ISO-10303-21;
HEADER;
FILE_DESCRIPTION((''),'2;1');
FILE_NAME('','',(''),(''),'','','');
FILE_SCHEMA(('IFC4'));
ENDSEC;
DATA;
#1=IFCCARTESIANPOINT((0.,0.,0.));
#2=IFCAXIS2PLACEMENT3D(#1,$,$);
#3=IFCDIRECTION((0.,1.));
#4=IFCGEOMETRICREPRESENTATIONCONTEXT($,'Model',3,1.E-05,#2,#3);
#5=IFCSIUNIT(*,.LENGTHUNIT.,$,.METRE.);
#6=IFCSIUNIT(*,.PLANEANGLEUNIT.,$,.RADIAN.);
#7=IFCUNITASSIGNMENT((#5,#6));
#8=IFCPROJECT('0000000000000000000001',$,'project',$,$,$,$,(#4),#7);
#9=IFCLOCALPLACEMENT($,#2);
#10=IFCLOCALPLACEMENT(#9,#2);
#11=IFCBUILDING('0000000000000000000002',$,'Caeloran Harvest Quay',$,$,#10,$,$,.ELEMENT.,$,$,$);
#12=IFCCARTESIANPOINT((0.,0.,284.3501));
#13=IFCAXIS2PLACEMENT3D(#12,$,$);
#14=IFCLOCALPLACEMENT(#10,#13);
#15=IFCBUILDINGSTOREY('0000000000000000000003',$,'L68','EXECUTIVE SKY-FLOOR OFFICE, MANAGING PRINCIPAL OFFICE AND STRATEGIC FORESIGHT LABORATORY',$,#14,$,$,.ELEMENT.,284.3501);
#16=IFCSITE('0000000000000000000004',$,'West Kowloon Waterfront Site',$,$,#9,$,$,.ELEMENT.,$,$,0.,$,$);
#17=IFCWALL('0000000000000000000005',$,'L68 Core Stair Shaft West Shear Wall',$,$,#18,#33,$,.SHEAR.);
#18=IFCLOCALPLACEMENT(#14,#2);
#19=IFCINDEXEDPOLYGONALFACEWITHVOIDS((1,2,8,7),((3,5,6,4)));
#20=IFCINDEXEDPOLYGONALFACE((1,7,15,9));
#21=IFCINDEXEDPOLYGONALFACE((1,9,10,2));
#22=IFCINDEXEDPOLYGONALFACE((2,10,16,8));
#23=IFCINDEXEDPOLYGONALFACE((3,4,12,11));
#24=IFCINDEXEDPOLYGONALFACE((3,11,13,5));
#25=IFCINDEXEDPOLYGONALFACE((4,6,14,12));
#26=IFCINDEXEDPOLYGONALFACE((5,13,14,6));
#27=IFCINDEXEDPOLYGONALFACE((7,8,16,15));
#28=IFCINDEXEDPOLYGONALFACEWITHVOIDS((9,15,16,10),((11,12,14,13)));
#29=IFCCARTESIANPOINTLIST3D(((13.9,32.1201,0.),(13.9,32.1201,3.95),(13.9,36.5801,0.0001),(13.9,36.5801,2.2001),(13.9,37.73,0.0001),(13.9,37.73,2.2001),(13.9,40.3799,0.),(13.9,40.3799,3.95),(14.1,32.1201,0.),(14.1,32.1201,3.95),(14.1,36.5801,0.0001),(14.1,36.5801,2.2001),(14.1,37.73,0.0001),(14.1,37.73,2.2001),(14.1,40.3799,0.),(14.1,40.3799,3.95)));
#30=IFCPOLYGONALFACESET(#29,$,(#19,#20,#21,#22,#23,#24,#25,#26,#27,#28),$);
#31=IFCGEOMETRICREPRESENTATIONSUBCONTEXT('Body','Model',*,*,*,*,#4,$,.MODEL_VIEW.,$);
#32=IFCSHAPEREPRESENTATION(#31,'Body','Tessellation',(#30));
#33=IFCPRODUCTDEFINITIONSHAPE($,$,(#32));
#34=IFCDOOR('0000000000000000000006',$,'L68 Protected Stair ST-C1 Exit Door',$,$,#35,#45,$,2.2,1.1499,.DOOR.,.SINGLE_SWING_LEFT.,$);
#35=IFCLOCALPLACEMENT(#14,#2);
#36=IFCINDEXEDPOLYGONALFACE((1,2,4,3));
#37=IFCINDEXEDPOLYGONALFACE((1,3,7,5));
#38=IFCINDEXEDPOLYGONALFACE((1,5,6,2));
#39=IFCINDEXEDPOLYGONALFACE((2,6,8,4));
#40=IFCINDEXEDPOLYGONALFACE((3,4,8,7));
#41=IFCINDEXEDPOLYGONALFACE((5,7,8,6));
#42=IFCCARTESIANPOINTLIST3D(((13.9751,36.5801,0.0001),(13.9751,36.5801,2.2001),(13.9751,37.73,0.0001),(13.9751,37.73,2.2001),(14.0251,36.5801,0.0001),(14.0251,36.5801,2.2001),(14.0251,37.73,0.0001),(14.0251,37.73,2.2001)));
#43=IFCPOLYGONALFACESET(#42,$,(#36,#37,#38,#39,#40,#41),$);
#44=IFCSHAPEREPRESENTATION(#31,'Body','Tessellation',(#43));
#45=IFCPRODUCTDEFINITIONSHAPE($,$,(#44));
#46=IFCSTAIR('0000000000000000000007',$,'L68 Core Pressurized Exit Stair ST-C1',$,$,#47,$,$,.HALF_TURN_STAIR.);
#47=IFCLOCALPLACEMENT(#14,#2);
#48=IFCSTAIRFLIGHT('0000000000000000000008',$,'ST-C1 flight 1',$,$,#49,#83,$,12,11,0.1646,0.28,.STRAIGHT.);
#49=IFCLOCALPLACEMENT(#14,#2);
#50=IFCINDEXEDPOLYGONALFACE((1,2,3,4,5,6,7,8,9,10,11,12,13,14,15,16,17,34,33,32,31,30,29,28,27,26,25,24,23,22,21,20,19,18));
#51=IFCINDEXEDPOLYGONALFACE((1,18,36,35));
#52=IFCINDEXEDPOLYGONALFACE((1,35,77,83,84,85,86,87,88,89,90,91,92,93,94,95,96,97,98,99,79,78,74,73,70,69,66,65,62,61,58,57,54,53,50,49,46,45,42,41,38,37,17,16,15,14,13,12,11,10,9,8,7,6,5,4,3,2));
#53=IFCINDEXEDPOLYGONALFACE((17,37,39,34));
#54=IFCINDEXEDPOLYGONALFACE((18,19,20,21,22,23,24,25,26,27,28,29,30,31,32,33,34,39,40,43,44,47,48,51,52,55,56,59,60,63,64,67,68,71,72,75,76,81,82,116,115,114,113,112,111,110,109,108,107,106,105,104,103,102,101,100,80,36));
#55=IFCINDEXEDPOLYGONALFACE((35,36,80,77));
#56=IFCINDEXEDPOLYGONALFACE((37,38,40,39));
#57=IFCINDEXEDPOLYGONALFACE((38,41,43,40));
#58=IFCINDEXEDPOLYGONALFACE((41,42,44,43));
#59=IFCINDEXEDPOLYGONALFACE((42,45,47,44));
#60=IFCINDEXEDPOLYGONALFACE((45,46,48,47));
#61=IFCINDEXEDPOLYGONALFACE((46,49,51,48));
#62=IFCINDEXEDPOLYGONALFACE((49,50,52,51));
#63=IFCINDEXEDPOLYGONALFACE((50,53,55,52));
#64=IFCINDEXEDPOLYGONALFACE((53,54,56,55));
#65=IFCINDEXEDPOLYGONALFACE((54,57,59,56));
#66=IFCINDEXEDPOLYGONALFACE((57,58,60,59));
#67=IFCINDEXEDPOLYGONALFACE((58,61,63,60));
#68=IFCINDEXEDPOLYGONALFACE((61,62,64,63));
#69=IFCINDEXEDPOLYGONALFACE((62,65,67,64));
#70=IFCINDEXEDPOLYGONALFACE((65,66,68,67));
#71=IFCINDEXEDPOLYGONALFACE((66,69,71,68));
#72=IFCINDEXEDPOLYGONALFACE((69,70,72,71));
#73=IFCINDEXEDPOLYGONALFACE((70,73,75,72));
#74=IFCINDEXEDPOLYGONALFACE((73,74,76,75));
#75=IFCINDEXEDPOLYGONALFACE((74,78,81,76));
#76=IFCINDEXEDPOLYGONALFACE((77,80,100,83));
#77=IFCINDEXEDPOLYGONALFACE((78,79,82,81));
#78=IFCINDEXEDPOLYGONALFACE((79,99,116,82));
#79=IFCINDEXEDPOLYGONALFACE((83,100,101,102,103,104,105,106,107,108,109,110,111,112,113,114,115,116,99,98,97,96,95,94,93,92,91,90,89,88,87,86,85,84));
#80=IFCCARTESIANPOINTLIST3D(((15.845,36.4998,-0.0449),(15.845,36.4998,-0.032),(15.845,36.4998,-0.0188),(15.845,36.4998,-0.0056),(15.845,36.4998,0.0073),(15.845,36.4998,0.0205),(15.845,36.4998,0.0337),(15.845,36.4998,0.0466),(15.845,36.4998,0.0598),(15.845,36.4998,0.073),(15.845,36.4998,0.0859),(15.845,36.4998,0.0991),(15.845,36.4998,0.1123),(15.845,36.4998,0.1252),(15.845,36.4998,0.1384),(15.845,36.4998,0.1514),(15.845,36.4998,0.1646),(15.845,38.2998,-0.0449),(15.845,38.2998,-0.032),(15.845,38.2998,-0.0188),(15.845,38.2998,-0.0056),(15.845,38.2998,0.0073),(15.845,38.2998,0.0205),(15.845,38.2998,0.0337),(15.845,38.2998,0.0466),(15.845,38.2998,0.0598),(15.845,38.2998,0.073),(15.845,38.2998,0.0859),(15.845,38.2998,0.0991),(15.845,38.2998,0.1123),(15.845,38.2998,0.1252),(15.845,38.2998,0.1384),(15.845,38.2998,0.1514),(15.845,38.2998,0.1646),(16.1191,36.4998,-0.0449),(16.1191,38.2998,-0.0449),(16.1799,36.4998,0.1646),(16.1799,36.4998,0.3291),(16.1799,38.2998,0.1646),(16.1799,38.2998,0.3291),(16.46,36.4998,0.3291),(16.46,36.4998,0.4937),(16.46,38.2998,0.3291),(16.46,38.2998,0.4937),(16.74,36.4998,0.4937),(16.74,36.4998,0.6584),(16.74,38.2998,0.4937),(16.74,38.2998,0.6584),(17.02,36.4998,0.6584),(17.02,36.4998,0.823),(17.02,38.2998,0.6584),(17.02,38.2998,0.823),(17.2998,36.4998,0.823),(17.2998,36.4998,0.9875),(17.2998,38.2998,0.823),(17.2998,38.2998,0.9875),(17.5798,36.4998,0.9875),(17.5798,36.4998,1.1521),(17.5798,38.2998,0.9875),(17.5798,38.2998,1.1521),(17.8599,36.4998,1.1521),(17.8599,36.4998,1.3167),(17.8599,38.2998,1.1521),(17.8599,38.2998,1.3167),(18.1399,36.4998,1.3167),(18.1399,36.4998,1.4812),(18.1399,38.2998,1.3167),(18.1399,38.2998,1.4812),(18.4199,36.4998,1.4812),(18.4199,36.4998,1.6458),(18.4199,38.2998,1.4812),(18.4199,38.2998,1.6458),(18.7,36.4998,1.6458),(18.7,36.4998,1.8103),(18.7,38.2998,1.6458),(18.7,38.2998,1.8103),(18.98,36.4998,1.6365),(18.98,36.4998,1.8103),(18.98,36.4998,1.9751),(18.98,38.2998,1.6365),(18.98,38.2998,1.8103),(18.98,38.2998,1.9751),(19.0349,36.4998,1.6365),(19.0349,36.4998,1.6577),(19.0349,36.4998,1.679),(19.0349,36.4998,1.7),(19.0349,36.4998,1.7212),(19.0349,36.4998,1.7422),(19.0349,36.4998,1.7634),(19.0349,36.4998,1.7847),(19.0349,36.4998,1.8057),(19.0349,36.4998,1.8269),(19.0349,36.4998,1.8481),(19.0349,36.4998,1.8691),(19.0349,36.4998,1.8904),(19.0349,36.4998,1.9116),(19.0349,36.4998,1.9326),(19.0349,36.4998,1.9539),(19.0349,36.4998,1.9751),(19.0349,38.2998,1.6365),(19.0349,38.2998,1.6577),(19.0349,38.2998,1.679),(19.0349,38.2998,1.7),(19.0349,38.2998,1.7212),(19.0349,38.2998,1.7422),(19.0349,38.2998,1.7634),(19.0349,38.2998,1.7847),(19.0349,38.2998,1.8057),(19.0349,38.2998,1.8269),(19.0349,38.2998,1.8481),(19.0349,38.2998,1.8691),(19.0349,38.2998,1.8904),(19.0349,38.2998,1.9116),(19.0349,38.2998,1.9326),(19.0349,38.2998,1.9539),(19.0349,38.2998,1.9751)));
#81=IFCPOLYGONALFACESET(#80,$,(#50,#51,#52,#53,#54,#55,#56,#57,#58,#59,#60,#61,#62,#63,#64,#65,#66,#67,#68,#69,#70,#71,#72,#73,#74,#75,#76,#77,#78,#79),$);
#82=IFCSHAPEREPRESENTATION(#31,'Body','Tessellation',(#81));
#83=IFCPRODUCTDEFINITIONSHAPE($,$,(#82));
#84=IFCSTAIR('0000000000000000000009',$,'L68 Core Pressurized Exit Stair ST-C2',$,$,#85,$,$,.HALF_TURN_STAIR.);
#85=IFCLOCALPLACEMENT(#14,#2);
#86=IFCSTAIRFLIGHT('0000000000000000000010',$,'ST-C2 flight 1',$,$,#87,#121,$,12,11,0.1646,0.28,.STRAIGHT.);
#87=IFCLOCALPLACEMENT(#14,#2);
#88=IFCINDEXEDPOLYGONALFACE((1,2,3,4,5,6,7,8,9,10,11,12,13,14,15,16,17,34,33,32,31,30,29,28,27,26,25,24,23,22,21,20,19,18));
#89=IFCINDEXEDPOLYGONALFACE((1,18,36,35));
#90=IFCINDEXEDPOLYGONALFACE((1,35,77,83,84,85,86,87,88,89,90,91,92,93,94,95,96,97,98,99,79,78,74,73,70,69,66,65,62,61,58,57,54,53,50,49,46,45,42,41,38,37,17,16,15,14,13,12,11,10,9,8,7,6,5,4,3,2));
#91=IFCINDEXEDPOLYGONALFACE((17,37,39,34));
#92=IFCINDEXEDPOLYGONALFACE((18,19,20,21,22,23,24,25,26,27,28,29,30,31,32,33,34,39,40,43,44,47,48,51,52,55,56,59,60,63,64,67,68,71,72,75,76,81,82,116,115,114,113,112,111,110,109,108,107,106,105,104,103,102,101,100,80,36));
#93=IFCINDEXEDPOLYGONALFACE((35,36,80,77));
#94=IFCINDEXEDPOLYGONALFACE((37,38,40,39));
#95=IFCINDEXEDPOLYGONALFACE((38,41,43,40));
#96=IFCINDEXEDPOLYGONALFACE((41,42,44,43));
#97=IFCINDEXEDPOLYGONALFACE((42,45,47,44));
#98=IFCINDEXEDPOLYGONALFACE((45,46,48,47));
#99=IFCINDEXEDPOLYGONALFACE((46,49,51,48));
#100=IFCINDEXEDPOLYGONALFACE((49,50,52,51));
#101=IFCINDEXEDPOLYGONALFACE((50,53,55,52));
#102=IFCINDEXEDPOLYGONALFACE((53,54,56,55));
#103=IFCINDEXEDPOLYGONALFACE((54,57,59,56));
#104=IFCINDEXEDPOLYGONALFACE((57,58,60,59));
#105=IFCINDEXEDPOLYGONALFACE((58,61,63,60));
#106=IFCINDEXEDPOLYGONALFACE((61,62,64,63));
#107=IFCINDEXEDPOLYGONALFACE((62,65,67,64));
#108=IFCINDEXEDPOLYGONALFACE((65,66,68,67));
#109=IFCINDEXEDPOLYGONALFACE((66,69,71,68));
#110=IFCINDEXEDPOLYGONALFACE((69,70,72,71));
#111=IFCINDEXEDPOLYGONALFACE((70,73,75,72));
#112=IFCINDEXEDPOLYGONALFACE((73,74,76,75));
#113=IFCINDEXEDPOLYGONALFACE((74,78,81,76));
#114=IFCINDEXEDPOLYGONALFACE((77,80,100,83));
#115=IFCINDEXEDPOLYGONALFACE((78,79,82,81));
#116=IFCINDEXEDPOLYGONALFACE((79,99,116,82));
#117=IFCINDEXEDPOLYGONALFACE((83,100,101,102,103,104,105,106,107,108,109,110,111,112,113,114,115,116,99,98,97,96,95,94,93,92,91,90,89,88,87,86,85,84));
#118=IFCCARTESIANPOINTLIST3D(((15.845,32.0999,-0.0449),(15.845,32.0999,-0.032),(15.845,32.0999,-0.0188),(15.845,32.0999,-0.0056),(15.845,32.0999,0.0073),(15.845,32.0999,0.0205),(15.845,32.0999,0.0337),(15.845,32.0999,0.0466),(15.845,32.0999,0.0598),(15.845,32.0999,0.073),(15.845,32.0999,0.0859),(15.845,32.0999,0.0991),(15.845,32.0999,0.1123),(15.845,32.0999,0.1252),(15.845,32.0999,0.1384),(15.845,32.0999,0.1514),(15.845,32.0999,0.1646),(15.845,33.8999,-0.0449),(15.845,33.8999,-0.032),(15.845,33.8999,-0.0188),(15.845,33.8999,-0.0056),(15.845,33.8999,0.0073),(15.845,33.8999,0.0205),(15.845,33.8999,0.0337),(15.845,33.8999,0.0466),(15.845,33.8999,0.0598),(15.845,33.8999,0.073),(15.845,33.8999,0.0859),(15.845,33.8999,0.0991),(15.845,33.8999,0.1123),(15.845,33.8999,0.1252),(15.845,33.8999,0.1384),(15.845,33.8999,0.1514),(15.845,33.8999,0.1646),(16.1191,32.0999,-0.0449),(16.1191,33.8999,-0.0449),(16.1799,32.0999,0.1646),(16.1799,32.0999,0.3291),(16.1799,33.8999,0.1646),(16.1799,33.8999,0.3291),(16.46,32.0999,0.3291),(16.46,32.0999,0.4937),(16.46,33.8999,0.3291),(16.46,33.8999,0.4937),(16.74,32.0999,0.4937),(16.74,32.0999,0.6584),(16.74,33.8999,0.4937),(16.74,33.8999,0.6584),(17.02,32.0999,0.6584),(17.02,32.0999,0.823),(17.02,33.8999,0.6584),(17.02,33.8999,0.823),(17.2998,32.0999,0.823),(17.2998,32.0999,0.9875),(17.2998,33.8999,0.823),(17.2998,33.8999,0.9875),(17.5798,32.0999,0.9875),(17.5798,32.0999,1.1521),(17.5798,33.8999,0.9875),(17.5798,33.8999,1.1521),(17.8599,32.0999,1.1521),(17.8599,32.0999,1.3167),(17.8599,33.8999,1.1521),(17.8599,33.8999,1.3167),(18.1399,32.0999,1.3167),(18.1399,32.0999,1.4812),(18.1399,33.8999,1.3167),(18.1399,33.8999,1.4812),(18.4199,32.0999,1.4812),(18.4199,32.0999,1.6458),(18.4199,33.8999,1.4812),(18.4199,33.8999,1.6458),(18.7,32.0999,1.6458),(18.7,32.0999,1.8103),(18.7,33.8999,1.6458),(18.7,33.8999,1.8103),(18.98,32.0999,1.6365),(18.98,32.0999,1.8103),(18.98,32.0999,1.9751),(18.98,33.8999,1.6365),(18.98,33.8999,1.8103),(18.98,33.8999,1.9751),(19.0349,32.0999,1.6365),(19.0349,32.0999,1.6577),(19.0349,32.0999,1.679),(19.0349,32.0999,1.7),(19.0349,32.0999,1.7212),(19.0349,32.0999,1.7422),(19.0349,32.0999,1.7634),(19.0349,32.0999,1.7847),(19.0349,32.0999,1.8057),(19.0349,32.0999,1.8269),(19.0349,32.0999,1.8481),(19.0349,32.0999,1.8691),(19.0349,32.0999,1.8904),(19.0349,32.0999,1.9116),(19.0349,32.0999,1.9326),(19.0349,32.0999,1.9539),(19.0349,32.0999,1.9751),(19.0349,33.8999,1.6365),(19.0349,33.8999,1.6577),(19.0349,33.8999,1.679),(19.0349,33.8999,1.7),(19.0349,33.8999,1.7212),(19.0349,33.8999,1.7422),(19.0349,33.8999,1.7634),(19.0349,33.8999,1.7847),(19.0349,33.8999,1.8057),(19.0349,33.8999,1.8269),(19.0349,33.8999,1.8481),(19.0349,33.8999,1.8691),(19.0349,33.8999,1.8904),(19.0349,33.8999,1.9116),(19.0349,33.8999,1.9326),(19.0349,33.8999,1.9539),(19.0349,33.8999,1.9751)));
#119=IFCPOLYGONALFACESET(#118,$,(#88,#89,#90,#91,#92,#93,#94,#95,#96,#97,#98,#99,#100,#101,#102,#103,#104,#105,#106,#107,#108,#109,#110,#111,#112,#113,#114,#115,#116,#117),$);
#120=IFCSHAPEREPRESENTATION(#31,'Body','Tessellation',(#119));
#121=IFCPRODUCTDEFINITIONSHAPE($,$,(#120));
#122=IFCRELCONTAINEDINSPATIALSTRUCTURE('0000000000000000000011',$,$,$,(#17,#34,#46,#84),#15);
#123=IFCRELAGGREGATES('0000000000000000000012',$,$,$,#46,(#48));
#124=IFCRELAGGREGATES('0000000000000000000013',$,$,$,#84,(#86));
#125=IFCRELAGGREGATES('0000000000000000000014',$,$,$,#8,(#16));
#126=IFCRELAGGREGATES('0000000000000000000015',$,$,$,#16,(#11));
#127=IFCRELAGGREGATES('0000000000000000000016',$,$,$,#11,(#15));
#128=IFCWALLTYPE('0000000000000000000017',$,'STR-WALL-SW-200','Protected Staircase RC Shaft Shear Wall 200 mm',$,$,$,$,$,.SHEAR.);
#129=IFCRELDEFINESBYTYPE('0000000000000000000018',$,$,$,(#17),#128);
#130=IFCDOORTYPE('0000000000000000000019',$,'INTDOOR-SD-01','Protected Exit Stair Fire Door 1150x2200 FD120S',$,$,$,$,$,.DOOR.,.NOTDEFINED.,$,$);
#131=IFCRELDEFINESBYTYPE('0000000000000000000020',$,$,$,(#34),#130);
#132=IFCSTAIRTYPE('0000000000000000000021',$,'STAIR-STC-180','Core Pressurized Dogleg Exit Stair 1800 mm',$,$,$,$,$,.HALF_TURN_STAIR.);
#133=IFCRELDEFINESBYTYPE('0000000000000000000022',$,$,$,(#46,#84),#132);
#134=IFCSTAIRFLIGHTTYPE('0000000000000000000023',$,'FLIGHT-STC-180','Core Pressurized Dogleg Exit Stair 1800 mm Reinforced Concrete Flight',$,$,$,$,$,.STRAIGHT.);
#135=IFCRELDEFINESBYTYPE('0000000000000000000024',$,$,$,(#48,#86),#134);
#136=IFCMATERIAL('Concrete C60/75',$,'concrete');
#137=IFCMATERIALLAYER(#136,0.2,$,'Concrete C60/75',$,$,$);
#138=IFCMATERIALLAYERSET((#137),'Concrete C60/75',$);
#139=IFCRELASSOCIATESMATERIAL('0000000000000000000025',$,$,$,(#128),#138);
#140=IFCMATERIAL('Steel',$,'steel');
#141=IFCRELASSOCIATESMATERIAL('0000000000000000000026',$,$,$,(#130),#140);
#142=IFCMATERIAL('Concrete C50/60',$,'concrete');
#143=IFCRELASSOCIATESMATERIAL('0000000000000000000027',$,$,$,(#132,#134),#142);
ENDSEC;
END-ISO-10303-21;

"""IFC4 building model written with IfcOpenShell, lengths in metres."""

from ifc_helpers import new_model, si_unit, direction, frame, frame_2d, origin, place, context, subcontext, project, spatial, polyline, rectangle, outline, extrude, material, layer, layer_set, type_object, element, fill, aggregate, save


model = new_model("IFC4")

# Units and contexts
model_context = context("Model", 3, precision=1e-05, world=origin(), true_north=direction((0.0, 1.0)))
body_context = subcontext(model_context, "Body", "Model", "MODEL_VIEW")
ifc_project = project(units=[si_unit("LENGTHUNIT", "METRE"), si_unit("PLANEANGLEUNIT", "RADIAN")], contexts=[model_context])

# Site, building, storey
site_placement = place(None, origin())
site = spatial("IfcSite", under=ifc_project, at=site_placement, Name="West Kowloon Waterfront Site", CompositionType="ELEMENT", RefElevation=0.0)
building_placement = place(site_placement, origin())
building = spatial("IfcBuilding", under=site, at=building_placement, Name="Caeloran Harvest Quay", CompositionType="ELEMENT")
storey_placement = place(building_placement, frame((0.0, 0.0, 284.3501)))
storey = spatial("IfcBuildingStorey", under=building, at=storey_placement, Name="L68", Description="EXECUTIVE SKY-FLOOR OFFICE, MANAGING PRINCIPAL OFFICE AND STRATEGIC FORESIGHT LABORATORY", CompositionType="ELEMENT", Elevation=284.3501)

# Shared definitions
ifc_material_1 = material(Name="Concrete C60/75", Category="concrete")

# Wall, opening, door
ifc_layer_1 = layer(ifc_material_1, 0.2, Name="Concrete C60/75")
ifc_layer_set_1 = layer_set([ifc_layer_1], Name="Concrete C60/75")
wall_type_1 = type_object("IfcWallType", Name="STR-WALL-SW-200", Description="Protected Staircase RC Shaft Shear Wall 200 mm", PredefinedType="SHEAR", material=ifc_layer_set_1)
wall_1_placement = place(storey_placement, frame((14.0, 32.1201, 0.0), z_axis=(0.0, 0.0, 1.0), x_axis=(0.0, 1.0, 0.0)))
wall_1 = element("IfcWall", 1, at=wall_1_placement, inside=storey, type_object=wall_type_1, Name="L68 Core Stair Shaft West Shear Wall", PredefinedType="SHEAR", context=body_context, shape_type="SweptSolid", body=[
    extrude(rectangle(XDim=8.2598, YDim=0.2, at=frame_2d((4.1299, 0.0))), origin(), (0.0, 0.0, 1.0), 3.95),
])
opening_placement = place(wall_1_placement, frame((4.46, 0.0, 0.0)))
opening = element("IfcOpeningElement", 2, at=opening_placement, cuts=wall_1, PredefinedType="OPENING", context=body_context, shape_type="SweptSolid", body=[
    extrude(rectangle(XDim=1.1499, YDim=2.2, at=frame_2d((0.575, 1.1001))), frame((0.0, 0.1099, 0.0), z_axis=(0.0, -1.0, 0.0), x_axis=(1.0, 0.0, 0.0)), (0.0, 0.0, 1.0), 0.22),
])
ifc_material_2 = material(Name="Steel", Category="steel")
door_type = type_object("IfcDoorType", Name="INTDOOR-SD-01", Description="Protected Exit Stair Fire Door 1150x2200 FD120S", OperationType="NOTDEFINED", PredefinedType="DOOR", material=ifc_material_2)
door_placement = place(opening_placement, origin())
door = element("IfcDoor", 3, at=door_placement, inside=storey, type_object=door_type, Name="L68 Protected Stair ST-C1 Exit Door", OperationType="SINGLE_SWING_LEFT", OverallHeight=2.2, OverallWidth=1.1499, PredefinedType="DOOR", context=body_context, shape_type="SweptSolid", body=[
    extrude(rectangle(XDim=1.1499, YDim=2.2, at=frame_2d((0.575, 1.1001))), frame((0.0, 0.0249, 0.0), z_axis=(0.0, -1.0, 0.0), x_axis=(1.0, 0.0, 0.0)), (0.0, 0.0, 1.0), 0.05),
])
fill(opening, door)

# Stairs, stair flights
ifc_material_3 = material(Name="Concrete C50/60", Category="concrete")
stair_type = type_object("IfcStairType", Name="STAIR-STC-180", Description="Core Pressurized Dogleg Exit Stair 1800 mm", PredefinedType="HALF_TURN_STAIR", material=ifc_material_3)
stair_1_placement = place(storey_placement, origin())
stair_1 = element("IfcStair", 4, at=stair_1_placement, inside=storey, type_object=stair_type, Name="L68 Core Pressurized Exit Stair ST-C1", PredefinedType="HALF_TURN_STAIR")
stair_flight_type = type_object("IfcStairFlightType", Name="FLIGHT-STC-180", Description="Core Pressurized Dogleg Exit Stair 1800 mm Reinforced Concrete Flight", PredefinedType="STRAIGHT", material=ifc_material_3)
stair_flight_1_placement = place(storey_placement, frame((15.8999, 37.3999, 0.0), z_axis=(0.0, 0.0, 1.0), x_axis=(1.0, 0.0, 0.0)))
stair_flight_1 = element("IfcStairFlight", 5, at=stair_flight_1_placement, type_object=stair_flight_type, Name="ST-C1 flight 1", NumberOfRisers=12, NumberOfTreads=11, PredefinedType="STRAIGHT", RiserHeight=0.1646, TreadLength=0.28, context=body_context, shape_type="SweptSolid", body=[
    extrude(outline(polyline([(-0.0549, -0.0449), (-0.0549, -0.032), (-0.0549, -0.0188), (-0.0549, -0.0056), (-0.0549, 0.0073), (-0.0549, 0.0205), (-0.0549, 0.0337), (-0.0549, 0.0466), (-0.0549, 0.0598), (-0.0549, 0.073), (-0.0549, 0.0859), (-0.0549, 0.0991), (-0.0549, 0.1123), (-0.0549, 0.1252), (-0.0549, 0.1384), (-0.0549, 0.1514), (-0.0549, 0.1646), (0.28, 0.1646), (0.28, 0.3291), (0.5601, 0.3291), (0.5601, 0.4937), (0.8401, 0.4937), (0.8401, 0.6584), (1.1201, 0.6584), (1.1201, 0.823), (1.3999, 0.823), (1.3999, 0.9875), (1.6799, 0.9875), (1.6799, 1.1521), (1.96, 1.1521), (1.96, 1.3167), (2.24, 1.3167), (2.24, 1.4812), (2.52, 1.4812), (2.52, 1.6458), (2.8, 1.6458), (2.8, 1.8103), (3.0801, 1.8103), (3.0801, 1.9751), (3.135, 1.9751), (3.135, 1.9539), (3.135, 1.9326), (3.135, 1.9116), (3.135, 1.8904), (3.135, 1.8691), (3.135, 1.8481), (3.135, 1.8269), (3.135, 1.8057), (3.135, 1.7847), (3.135, 1.7634), (3.135, 1.7422), (3.135, 1.7212), (3.135, 1.7), (3.135, 1.679), (3.135, 1.6577), (3.135, 1.6365), (3.0801, 1.6365), (0.2192, -0.0449), (-0.0549, -0.0449)])), frame((0.0, 0.8999, 0.0), z_axis=(0.0, -1.0, 0.0), x_axis=(1.0, 0.0, 0.0)), (0.0, 0.0, 1.0), 1.8),
])
aggregate(stair_1, [stair_flight_1])
stair_2_placement = place(storey_placement, origin())
stair_2 = element("IfcStair", 6, at=stair_2_placement, inside=storey, type_object=stair_type, Name="L68 Core Pressurized Exit Stair ST-C2", PredefinedType="HALF_TURN_STAIR")
stair_flight_2_placement = place(storey_placement, frame((15.8999, 33.0, 0.0), z_axis=(0.0, 0.0, 1.0), x_axis=(1.0, 0.0, 0.0)))
stair_flight_2 = element("IfcStairFlight", 7, at=stair_flight_2_placement, type_object=stair_flight_type, Name="ST-C2 flight 1", NumberOfRisers=12, NumberOfTreads=11, PredefinedType="STRAIGHT", RiserHeight=0.1646, TreadLength=0.28, context=body_context, shape_type="SweptSolid", body=[
    extrude(outline(polyline([(-0.0549, -0.0449), (-0.0549, -0.032), (-0.0549, -0.0188), (-0.0549, -0.0056), (-0.0549, 0.0073), (-0.0549, 0.0205), (-0.0549, 0.0337), (-0.0549, 0.0466), (-0.0549, 0.0598), (-0.0549, 0.073), (-0.0549, 0.0859), (-0.0549, 0.0991), (-0.0549, 0.1123), (-0.0549, 0.1252), (-0.0549, 0.1384), (-0.0549, 0.1514), (-0.0549, 0.1646), (0.28, 0.1646), (0.28, 0.3291), (0.5601, 0.3291), (0.5601, 0.4937), (0.8401, 0.4937), (0.8401, 0.6584), (1.1201, 0.6584), (1.1201, 0.823), (1.3999, 0.823), (1.3999, 0.9875), (1.6799, 0.9875), (1.6799, 1.1521), (1.96, 1.1521), (1.96, 1.3167), (2.24, 1.3167), (2.24, 1.4812), (2.52, 1.4812), (2.52, 1.6458), (2.8, 1.6458), (2.8, 1.8103), (3.0801, 1.8103), (3.0801, 1.9751), (3.135, 1.9751), (3.135, 1.9539), (3.135, 1.9326), (3.135, 1.9116), (3.135, 1.8904), (3.135, 1.8691), (3.135, 1.8481), (3.135, 1.8269), (3.135, 1.8057), (3.135, 1.7847), (3.135, 1.7634), (3.135, 1.7422), (3.135, 1.7212), (3.135, 1.7), (3.135, 1.679), (3.135, 1.6577), (3.135, 1.6365), (3.0801, 1.6365), (0.2192, -0.0449), (-0.0549, -0.0449)])), frame((0.0, 0.8999, 0.0), z_axis=(0.0, -1.0, 0.0), x_axis=(1.0, 0.0, 0.0)), (0.0, 0.0, 1.0), 1.8),
])
aggregate(stair_2, [stair_flight_2])

save(model, "model.ifc")
